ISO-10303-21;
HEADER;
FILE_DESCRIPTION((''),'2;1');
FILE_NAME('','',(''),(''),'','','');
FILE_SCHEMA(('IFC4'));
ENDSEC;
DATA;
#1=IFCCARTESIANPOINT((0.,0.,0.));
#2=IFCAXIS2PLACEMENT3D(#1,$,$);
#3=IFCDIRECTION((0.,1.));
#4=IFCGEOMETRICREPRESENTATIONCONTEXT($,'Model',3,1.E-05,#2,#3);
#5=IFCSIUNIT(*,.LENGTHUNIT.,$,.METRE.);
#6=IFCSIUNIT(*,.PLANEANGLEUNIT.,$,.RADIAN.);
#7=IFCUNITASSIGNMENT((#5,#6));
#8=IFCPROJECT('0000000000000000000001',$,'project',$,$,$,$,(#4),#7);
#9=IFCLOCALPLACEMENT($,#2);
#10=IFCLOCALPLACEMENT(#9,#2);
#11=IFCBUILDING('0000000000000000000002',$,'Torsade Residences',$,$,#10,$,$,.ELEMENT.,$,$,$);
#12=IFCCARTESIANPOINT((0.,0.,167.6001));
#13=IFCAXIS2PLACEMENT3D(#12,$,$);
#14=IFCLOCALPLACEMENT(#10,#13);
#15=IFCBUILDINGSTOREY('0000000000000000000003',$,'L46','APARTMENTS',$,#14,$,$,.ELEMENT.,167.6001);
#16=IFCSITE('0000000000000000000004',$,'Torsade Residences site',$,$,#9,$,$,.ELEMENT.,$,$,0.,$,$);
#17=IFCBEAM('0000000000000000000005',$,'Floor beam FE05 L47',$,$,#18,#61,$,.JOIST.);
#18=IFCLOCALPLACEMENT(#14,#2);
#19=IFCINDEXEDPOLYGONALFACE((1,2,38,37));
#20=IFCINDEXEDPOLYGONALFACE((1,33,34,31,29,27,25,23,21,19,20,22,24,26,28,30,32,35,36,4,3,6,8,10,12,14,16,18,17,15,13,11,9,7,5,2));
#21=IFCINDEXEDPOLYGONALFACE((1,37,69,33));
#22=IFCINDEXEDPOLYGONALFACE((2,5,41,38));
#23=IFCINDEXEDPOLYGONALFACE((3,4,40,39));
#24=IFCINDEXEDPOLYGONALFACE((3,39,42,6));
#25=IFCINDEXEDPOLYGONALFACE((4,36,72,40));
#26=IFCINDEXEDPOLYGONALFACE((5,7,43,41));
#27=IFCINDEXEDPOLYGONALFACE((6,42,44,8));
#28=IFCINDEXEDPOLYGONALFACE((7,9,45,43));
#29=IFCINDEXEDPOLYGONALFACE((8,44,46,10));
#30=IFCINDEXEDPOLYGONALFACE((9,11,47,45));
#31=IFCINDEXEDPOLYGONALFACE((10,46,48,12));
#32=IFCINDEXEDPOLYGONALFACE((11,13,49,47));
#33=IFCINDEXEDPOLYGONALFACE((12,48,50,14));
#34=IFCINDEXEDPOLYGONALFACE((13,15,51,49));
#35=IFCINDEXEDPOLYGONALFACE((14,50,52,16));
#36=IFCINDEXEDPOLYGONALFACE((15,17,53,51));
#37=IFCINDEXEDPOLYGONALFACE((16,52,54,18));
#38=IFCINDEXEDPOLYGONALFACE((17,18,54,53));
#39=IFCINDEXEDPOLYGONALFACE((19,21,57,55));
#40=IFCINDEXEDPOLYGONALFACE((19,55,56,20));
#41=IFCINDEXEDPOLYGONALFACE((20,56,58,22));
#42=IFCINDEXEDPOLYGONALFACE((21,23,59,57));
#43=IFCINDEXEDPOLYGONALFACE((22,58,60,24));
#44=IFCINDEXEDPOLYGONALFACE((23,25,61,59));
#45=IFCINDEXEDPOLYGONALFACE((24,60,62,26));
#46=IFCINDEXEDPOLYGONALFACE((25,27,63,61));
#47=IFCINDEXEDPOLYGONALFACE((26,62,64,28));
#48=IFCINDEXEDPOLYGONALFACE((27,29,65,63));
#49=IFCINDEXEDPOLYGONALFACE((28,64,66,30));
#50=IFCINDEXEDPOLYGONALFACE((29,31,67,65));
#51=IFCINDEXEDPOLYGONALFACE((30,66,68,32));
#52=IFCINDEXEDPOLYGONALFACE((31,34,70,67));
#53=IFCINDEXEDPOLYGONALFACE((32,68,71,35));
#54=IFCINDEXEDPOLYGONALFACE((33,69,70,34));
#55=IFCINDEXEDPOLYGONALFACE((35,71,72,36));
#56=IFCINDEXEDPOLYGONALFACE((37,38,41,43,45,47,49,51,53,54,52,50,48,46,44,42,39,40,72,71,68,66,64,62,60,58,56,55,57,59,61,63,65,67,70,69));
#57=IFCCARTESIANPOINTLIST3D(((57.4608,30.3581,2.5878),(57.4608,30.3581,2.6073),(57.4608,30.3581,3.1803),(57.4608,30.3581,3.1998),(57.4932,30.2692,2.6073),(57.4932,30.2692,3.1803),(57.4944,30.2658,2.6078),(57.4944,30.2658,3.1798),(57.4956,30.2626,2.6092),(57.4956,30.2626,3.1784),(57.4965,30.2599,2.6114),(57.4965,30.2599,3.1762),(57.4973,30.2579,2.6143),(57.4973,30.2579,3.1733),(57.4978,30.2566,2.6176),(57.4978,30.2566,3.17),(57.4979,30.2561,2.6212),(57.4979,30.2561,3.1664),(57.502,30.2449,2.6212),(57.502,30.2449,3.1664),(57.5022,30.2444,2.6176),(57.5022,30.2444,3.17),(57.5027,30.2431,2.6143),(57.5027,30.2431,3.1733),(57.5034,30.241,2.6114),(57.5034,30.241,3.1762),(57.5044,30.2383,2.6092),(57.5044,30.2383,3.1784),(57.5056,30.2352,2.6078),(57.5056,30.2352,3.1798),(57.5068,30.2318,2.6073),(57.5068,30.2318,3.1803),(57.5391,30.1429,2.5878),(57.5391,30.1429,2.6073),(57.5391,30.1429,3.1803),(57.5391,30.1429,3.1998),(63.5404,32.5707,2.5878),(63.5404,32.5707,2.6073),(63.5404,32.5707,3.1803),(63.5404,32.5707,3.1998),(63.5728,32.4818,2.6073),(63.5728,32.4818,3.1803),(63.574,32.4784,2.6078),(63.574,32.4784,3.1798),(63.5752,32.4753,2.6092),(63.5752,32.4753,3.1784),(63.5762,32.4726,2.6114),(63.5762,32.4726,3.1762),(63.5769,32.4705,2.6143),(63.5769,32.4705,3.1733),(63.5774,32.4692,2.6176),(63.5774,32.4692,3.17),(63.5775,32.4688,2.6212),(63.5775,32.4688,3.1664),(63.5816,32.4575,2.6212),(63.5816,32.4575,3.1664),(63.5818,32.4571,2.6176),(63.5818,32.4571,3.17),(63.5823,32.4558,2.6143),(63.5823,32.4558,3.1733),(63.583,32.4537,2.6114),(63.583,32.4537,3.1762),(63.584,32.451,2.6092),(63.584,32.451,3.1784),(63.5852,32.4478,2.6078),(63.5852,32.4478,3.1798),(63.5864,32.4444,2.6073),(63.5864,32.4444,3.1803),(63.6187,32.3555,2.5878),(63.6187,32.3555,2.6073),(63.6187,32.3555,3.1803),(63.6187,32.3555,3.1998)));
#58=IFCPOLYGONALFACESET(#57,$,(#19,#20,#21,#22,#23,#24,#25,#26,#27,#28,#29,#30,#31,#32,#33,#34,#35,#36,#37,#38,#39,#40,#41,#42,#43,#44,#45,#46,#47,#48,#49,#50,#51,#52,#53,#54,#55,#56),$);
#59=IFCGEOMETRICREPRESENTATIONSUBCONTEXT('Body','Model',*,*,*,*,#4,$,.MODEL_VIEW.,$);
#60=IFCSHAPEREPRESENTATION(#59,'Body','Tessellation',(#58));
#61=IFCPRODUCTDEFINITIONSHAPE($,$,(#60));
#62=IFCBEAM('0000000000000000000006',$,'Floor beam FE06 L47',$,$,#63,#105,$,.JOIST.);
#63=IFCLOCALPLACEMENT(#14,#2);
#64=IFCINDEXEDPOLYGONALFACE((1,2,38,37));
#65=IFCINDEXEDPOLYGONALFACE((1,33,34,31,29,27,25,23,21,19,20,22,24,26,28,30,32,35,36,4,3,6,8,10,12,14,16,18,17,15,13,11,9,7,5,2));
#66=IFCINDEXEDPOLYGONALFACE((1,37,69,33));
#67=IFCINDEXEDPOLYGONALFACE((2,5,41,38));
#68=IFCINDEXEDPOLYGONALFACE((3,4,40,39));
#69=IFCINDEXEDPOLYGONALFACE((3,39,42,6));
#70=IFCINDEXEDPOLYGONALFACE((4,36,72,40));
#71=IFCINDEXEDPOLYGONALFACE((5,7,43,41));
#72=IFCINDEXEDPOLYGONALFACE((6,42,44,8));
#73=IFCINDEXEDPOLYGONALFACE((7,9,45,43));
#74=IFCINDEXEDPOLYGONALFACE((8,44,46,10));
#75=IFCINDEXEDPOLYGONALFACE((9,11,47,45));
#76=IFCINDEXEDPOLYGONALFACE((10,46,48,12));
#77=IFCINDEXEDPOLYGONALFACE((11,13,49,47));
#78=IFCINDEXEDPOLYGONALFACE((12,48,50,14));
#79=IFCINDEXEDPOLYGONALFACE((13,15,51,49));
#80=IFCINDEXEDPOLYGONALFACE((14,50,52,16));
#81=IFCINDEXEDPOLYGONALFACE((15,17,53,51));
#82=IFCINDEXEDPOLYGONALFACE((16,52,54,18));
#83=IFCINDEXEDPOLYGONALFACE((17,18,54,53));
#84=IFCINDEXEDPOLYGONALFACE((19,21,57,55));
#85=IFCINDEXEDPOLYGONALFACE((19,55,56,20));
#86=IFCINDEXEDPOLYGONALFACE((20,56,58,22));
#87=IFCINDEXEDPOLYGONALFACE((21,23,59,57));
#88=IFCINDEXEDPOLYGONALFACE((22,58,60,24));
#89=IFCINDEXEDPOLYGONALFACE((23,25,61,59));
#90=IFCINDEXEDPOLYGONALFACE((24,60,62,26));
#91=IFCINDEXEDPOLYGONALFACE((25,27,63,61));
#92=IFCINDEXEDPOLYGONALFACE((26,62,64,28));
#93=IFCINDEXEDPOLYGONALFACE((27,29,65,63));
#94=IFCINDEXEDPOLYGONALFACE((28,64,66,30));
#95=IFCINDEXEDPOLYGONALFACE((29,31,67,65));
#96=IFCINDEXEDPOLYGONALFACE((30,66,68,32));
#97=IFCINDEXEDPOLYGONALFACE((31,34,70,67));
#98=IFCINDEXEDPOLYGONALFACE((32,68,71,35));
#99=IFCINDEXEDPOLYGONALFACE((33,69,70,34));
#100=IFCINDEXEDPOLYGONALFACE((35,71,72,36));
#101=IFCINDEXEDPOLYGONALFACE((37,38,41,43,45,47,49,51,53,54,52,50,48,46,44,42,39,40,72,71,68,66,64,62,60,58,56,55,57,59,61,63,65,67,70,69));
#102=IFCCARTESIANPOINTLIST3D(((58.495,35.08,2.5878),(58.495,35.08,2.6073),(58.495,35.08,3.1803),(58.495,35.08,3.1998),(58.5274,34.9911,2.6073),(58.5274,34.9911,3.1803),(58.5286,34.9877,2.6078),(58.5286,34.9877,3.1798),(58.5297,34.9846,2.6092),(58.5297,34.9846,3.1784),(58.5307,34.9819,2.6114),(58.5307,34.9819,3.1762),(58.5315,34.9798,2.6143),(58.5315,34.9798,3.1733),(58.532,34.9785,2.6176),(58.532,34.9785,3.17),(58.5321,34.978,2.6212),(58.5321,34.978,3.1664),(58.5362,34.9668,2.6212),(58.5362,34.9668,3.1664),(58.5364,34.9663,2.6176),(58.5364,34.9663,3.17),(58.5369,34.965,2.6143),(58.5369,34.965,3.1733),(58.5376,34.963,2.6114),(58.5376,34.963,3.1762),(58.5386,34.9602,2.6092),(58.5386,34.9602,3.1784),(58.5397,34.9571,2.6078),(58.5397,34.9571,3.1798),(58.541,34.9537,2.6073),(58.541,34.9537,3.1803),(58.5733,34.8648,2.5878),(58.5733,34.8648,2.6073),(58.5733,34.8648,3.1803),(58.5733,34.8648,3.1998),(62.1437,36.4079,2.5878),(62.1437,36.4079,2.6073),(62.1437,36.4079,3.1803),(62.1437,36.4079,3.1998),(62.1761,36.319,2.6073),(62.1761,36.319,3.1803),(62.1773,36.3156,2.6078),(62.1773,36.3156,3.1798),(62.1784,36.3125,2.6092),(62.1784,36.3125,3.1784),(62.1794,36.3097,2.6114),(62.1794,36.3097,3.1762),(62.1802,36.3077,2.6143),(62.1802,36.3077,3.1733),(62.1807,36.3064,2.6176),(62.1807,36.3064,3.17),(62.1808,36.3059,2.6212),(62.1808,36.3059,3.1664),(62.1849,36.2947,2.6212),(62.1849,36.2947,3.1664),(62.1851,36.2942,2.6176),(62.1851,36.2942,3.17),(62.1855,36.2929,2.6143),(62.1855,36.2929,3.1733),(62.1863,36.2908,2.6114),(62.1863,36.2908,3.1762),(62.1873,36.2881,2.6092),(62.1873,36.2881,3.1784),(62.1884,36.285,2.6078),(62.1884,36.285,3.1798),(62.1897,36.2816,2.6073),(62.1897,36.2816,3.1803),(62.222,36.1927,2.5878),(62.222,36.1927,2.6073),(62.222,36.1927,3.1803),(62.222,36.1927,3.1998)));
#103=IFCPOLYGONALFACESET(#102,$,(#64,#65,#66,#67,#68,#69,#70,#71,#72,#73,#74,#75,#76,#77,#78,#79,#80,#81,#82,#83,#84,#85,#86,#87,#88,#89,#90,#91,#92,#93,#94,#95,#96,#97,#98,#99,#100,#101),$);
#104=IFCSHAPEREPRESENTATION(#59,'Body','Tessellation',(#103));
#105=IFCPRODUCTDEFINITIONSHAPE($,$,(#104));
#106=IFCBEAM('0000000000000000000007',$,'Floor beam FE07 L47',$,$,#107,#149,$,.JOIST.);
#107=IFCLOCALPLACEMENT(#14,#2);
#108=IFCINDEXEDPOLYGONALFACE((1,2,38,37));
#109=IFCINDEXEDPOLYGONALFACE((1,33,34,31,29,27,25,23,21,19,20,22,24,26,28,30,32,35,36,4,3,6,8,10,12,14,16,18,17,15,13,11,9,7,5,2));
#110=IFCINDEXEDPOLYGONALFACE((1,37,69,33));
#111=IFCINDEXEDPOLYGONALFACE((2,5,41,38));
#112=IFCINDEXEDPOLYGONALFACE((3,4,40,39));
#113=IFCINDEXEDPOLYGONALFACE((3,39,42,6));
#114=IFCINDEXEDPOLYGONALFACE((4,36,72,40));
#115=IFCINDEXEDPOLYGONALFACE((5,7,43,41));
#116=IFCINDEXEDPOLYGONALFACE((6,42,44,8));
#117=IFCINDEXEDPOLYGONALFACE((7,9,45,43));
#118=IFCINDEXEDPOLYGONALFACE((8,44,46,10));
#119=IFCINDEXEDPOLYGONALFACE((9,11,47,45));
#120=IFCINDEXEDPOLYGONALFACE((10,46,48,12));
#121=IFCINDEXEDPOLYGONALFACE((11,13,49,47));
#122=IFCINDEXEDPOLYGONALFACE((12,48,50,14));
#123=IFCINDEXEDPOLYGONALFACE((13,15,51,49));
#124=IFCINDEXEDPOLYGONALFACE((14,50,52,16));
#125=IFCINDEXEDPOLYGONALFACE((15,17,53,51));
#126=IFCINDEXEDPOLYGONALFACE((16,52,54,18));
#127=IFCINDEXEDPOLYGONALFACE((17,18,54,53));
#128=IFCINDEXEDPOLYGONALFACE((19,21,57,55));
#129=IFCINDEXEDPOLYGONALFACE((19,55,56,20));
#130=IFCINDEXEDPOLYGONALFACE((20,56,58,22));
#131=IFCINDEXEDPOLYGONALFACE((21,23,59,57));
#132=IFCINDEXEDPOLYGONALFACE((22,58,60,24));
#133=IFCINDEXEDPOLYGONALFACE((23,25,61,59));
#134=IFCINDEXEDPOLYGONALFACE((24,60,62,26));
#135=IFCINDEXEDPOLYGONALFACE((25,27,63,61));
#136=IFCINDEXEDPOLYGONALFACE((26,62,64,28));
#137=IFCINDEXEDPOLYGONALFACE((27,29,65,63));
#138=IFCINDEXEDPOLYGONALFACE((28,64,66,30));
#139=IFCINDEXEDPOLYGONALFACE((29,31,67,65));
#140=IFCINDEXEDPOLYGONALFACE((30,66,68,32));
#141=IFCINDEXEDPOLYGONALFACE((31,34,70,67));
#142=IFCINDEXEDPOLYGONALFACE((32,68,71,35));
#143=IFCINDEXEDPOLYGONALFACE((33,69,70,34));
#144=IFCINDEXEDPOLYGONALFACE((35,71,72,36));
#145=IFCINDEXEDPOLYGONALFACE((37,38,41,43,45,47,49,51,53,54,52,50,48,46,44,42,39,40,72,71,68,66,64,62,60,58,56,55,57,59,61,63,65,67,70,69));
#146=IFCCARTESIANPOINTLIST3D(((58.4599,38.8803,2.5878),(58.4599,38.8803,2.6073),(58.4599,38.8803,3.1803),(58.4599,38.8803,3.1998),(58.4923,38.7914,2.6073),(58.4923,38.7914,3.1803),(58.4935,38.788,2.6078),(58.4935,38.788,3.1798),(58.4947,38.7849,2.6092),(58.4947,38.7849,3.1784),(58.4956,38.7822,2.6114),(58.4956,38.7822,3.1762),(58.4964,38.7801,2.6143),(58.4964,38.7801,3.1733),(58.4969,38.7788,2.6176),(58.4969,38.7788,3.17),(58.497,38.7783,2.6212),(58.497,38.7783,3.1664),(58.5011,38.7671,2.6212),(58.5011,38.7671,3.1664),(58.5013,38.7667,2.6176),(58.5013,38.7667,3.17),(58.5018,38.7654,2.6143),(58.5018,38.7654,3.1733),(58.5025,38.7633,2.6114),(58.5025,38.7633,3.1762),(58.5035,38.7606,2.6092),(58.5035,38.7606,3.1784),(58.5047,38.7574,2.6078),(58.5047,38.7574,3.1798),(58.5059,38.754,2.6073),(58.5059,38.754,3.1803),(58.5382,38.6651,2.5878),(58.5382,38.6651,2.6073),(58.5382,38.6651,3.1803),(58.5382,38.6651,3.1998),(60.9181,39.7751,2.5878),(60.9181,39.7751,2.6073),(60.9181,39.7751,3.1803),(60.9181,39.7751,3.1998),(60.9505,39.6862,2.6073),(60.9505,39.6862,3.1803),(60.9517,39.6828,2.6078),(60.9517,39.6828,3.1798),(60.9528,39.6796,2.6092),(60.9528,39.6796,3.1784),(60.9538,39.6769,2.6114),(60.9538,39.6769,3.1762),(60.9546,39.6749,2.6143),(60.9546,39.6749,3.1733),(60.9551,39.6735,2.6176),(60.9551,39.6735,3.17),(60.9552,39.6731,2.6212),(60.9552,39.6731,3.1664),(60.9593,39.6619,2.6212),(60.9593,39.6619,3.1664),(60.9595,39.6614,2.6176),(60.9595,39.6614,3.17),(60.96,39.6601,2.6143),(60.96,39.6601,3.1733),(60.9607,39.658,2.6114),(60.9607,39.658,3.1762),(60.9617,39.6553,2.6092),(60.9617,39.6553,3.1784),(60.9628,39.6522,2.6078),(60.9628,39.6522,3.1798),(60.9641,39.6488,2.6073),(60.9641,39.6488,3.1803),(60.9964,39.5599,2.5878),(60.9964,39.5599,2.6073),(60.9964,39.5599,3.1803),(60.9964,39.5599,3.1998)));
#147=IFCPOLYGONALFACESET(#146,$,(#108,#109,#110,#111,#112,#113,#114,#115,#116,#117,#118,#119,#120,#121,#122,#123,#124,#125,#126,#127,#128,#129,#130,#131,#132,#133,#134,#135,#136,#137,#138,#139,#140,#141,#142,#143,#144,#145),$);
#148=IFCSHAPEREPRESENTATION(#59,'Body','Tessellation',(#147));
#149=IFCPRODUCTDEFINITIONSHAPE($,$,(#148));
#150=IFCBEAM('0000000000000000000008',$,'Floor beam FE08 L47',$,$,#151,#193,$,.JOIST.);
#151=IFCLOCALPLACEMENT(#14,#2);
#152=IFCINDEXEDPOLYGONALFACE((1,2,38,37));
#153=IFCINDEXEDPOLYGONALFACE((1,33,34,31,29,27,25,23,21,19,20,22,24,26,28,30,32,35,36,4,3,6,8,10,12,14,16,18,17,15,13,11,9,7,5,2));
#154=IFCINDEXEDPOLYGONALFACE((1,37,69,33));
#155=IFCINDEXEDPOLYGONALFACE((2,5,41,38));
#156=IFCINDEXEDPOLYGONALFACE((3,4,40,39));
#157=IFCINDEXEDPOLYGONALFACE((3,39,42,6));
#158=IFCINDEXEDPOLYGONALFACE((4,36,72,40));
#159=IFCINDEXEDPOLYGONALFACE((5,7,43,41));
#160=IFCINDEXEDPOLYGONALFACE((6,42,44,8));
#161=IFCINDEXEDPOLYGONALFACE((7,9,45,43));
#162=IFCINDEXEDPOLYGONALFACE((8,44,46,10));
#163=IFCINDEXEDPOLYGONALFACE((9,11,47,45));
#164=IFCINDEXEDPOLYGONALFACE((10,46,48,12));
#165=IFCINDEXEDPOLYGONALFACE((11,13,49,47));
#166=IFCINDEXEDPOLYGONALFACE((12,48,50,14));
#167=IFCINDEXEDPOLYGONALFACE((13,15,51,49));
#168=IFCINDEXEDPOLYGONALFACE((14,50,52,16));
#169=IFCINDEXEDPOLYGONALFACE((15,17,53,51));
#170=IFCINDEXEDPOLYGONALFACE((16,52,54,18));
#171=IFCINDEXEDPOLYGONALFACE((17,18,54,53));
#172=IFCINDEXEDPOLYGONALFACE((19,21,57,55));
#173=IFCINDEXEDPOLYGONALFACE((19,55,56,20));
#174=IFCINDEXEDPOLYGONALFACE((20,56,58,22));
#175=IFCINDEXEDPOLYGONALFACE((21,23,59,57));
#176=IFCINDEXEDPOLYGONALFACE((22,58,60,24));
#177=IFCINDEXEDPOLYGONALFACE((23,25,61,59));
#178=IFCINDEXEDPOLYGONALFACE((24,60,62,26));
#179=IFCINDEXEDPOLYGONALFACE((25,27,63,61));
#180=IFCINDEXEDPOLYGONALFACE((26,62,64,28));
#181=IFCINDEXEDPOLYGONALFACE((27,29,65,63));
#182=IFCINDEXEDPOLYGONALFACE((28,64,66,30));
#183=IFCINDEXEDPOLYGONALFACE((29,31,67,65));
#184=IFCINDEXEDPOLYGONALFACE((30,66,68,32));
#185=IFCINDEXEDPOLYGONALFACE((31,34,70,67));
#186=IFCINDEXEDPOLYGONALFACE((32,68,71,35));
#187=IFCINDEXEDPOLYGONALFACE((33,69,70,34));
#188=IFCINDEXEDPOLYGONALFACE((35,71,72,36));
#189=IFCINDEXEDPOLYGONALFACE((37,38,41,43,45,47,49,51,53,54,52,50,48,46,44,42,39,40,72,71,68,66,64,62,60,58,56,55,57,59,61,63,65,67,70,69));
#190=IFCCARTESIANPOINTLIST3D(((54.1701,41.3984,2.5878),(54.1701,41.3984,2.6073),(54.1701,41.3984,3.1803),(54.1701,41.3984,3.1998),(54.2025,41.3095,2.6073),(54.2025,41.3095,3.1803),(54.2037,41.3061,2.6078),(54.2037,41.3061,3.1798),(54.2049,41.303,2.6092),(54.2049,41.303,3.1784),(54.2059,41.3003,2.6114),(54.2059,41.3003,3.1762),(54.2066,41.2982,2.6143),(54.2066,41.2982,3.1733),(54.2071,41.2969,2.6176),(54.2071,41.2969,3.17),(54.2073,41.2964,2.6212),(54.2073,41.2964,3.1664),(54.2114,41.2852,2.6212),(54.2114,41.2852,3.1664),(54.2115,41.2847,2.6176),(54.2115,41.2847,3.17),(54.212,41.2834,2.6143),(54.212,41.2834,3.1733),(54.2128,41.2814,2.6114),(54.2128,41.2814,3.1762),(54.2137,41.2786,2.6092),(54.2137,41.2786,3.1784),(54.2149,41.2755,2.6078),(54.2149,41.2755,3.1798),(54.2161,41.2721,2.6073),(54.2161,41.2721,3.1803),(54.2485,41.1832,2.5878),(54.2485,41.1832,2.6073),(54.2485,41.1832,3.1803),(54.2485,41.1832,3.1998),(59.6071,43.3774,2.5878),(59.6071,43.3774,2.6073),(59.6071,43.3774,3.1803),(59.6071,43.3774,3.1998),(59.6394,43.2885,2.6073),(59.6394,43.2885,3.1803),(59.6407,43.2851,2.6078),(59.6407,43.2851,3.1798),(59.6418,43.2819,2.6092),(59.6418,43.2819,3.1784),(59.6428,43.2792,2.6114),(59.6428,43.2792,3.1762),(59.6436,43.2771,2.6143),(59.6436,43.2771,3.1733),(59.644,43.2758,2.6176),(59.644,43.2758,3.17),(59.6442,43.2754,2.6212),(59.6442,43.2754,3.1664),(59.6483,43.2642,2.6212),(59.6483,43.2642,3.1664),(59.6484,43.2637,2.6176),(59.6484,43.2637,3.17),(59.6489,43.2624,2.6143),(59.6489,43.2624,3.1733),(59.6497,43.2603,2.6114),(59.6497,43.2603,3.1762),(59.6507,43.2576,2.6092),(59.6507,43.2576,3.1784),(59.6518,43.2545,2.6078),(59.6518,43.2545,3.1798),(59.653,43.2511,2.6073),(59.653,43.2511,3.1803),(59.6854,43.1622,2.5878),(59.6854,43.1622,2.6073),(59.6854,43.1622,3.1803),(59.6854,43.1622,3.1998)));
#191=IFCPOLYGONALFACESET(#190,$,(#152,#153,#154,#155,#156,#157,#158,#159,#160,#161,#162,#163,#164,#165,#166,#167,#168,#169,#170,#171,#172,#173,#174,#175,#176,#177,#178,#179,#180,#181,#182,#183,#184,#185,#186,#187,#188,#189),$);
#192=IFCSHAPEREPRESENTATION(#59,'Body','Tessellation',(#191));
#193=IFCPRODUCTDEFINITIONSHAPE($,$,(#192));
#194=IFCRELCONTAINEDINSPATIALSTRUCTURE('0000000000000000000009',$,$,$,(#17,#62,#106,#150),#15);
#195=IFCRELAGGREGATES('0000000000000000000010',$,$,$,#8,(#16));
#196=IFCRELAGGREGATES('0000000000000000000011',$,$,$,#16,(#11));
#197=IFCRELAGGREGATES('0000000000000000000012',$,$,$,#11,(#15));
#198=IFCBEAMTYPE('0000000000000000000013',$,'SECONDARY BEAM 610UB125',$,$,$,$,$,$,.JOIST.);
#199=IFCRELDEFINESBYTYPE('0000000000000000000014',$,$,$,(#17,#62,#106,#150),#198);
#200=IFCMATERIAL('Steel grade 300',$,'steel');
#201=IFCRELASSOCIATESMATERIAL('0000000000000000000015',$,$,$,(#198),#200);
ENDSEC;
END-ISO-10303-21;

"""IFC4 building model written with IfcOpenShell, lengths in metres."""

from ifc_helpers import new_model, si_unit, direction, frame, origin, origin_2d, place, context, subcontext, project, spatial, i_section, extrude, material, material_profile, profile_set, type_object, element, save


model = new_model("IFC4")

# Units and contexts
model_context = context("Model", 3, precision=1e-05, world=origin(), true_north=direction((0.0, 1.0)))
body_context = subcontext(model_context, "Body", "Model", "MODEL_VIEW")
ifc_project = project(units=[si_unit("LENGTHUNIT", "METRE"), si_unit("PLANEANGLEUNIT", "RADIAN")], contexts=[model_context])

# Site, building, storey
site_placement = place(None, origin())
site = spatial("IfcSite", under=ifc_project, at=site_placement, Name="Torsade Residences site", CompositionType="ELEMENT", RefElevation=0.0)
building_placement = place(site_placement, origin())
building = spatial("IfcBuilding", under=site, at=building_placement, Name="Torsade Residences", CompositionType="ELEMENT")
storey_placement = place(building_placement, frame((0.0, 0.0, 167.6001)))
storey = spatial("IfcBuildingStorey", under=building, at=storey_placement, Name="L46", Description="APARTMENTS", CompositionType="ELEMENT", Elevation=167.6001)

# Beams
ifc_material_1 = material(Name="Steel grade 300", Category="steel")
ifc_material_profile_1 = material_profile(ifc_material_1, i_section(OverallWidth=0.229, OverallDepth=0.6121, WebThickness=0.012, FlangeThickness=0.0195, FilletRadius=0.0139, at=origin_2d()), Name="610UB125")
ifc_profile_set_1 = profile_set([ifc_material_profile_1], Name="Steel grade 300")
beam_type_1 = type_object("IfcBeamType", Name="SECONDARY BEAM 610UB125", PredefinedType="JOIST", material=ifc_profile_set_1)
beam_1_placement = place(storey_placement, frame((63.5796, 32.4631, 2.8938), z_axis=(-0.9397, -0.342001, 0.0), x_axis=(0.342001, -0.9397, 0.0)))
element("IfcBeam", 1, at=beam_1_placement, inside=storey, type_object=beam_type_1, Name="Floor beam FE05 L47", PredefinedType="JOIST", context=body_context, shape_type="SweptSolid", body=[
    extrude(i_section(OverallWidth=0.229, OverallDepth=0.6121, WebThickness=0.012, FlangeThickness=0.0195, FilletRadius=0.0139, at=origin_2d()), origin(), (0.0, 0.0, 1.0), 6.4697),
])
beam_2_placement = place(storey_placement, frame((62.1829, 36.3003, 2.8938), z_axis=(-0.939703, -0.34199, 0.0), x_axis=(0.34199, -0.939703, 0.0)))
element("IfcBeam", 2, at=beam_2_placement, inside=storey, type_object=beam_type_1, Name="Floor beam FE06 L47", PredefinedType="JOIST", context=body_context, shape_type="SweptSolid", body=[
    extrude(i_section(OverallWidth=0.229, OverallDepth=0.6121, WebThickness=0.012, FlangeThickness=0.0195, FilletRadius=0.0139, at=origin_2d()), origin(), (0.0, 0.0, 1.0), 3.8828),
])
beam_3_placement = place(storey_placement, frame((60.9573, 39.6675, 2.8938), z_axis=(-0.939687, -0.342035, 0.0), x_axis=(0.342035, -0.939687, 0.0)))
element("IfcBeam", 3, at=beam_3_placement, inside=storey, type_object=beam_type_1, Name="Floor beam FE07 L47", PredefinedType="JOIST", context=body_context, shape_type="SweptSolid", body=[
    extrude(i_section(OverallWidth=0.229, OverallDepth=0.6121, WebThickness=0.012, FlangeThickness=0.0195, FilletRadius=0.0139, at=origin_2d()), origin(), (0.0, 0.0, 1.0), 2.616),
])
beam_4_placement = place(storey_placement, frame((59.6462, 43.2698, 2.8938), z_axis=(-0.939687, -0.342034, 0.0), x_axis=(0.342034, -0.939687, 0.0)))
element("IfcBeam", 4, at=beam_4_placement, inside=storey, type_object=beam_type_1, Name="Floor beam FE08 L47", PredefinedType="JOIST", context=body_context, shape_type="SweptSolid", body=[
    extrude(i_section(OverallWidth=0.229, OverallDepth=0.6121, WebThickness=0.012, FlangeThickness=0.0195, FilletRadius=0.0139, at=origin_2d()), origin(), (0.0, 0.0, 1.0), 5.7859),
])

save(model, "model.ifc")
